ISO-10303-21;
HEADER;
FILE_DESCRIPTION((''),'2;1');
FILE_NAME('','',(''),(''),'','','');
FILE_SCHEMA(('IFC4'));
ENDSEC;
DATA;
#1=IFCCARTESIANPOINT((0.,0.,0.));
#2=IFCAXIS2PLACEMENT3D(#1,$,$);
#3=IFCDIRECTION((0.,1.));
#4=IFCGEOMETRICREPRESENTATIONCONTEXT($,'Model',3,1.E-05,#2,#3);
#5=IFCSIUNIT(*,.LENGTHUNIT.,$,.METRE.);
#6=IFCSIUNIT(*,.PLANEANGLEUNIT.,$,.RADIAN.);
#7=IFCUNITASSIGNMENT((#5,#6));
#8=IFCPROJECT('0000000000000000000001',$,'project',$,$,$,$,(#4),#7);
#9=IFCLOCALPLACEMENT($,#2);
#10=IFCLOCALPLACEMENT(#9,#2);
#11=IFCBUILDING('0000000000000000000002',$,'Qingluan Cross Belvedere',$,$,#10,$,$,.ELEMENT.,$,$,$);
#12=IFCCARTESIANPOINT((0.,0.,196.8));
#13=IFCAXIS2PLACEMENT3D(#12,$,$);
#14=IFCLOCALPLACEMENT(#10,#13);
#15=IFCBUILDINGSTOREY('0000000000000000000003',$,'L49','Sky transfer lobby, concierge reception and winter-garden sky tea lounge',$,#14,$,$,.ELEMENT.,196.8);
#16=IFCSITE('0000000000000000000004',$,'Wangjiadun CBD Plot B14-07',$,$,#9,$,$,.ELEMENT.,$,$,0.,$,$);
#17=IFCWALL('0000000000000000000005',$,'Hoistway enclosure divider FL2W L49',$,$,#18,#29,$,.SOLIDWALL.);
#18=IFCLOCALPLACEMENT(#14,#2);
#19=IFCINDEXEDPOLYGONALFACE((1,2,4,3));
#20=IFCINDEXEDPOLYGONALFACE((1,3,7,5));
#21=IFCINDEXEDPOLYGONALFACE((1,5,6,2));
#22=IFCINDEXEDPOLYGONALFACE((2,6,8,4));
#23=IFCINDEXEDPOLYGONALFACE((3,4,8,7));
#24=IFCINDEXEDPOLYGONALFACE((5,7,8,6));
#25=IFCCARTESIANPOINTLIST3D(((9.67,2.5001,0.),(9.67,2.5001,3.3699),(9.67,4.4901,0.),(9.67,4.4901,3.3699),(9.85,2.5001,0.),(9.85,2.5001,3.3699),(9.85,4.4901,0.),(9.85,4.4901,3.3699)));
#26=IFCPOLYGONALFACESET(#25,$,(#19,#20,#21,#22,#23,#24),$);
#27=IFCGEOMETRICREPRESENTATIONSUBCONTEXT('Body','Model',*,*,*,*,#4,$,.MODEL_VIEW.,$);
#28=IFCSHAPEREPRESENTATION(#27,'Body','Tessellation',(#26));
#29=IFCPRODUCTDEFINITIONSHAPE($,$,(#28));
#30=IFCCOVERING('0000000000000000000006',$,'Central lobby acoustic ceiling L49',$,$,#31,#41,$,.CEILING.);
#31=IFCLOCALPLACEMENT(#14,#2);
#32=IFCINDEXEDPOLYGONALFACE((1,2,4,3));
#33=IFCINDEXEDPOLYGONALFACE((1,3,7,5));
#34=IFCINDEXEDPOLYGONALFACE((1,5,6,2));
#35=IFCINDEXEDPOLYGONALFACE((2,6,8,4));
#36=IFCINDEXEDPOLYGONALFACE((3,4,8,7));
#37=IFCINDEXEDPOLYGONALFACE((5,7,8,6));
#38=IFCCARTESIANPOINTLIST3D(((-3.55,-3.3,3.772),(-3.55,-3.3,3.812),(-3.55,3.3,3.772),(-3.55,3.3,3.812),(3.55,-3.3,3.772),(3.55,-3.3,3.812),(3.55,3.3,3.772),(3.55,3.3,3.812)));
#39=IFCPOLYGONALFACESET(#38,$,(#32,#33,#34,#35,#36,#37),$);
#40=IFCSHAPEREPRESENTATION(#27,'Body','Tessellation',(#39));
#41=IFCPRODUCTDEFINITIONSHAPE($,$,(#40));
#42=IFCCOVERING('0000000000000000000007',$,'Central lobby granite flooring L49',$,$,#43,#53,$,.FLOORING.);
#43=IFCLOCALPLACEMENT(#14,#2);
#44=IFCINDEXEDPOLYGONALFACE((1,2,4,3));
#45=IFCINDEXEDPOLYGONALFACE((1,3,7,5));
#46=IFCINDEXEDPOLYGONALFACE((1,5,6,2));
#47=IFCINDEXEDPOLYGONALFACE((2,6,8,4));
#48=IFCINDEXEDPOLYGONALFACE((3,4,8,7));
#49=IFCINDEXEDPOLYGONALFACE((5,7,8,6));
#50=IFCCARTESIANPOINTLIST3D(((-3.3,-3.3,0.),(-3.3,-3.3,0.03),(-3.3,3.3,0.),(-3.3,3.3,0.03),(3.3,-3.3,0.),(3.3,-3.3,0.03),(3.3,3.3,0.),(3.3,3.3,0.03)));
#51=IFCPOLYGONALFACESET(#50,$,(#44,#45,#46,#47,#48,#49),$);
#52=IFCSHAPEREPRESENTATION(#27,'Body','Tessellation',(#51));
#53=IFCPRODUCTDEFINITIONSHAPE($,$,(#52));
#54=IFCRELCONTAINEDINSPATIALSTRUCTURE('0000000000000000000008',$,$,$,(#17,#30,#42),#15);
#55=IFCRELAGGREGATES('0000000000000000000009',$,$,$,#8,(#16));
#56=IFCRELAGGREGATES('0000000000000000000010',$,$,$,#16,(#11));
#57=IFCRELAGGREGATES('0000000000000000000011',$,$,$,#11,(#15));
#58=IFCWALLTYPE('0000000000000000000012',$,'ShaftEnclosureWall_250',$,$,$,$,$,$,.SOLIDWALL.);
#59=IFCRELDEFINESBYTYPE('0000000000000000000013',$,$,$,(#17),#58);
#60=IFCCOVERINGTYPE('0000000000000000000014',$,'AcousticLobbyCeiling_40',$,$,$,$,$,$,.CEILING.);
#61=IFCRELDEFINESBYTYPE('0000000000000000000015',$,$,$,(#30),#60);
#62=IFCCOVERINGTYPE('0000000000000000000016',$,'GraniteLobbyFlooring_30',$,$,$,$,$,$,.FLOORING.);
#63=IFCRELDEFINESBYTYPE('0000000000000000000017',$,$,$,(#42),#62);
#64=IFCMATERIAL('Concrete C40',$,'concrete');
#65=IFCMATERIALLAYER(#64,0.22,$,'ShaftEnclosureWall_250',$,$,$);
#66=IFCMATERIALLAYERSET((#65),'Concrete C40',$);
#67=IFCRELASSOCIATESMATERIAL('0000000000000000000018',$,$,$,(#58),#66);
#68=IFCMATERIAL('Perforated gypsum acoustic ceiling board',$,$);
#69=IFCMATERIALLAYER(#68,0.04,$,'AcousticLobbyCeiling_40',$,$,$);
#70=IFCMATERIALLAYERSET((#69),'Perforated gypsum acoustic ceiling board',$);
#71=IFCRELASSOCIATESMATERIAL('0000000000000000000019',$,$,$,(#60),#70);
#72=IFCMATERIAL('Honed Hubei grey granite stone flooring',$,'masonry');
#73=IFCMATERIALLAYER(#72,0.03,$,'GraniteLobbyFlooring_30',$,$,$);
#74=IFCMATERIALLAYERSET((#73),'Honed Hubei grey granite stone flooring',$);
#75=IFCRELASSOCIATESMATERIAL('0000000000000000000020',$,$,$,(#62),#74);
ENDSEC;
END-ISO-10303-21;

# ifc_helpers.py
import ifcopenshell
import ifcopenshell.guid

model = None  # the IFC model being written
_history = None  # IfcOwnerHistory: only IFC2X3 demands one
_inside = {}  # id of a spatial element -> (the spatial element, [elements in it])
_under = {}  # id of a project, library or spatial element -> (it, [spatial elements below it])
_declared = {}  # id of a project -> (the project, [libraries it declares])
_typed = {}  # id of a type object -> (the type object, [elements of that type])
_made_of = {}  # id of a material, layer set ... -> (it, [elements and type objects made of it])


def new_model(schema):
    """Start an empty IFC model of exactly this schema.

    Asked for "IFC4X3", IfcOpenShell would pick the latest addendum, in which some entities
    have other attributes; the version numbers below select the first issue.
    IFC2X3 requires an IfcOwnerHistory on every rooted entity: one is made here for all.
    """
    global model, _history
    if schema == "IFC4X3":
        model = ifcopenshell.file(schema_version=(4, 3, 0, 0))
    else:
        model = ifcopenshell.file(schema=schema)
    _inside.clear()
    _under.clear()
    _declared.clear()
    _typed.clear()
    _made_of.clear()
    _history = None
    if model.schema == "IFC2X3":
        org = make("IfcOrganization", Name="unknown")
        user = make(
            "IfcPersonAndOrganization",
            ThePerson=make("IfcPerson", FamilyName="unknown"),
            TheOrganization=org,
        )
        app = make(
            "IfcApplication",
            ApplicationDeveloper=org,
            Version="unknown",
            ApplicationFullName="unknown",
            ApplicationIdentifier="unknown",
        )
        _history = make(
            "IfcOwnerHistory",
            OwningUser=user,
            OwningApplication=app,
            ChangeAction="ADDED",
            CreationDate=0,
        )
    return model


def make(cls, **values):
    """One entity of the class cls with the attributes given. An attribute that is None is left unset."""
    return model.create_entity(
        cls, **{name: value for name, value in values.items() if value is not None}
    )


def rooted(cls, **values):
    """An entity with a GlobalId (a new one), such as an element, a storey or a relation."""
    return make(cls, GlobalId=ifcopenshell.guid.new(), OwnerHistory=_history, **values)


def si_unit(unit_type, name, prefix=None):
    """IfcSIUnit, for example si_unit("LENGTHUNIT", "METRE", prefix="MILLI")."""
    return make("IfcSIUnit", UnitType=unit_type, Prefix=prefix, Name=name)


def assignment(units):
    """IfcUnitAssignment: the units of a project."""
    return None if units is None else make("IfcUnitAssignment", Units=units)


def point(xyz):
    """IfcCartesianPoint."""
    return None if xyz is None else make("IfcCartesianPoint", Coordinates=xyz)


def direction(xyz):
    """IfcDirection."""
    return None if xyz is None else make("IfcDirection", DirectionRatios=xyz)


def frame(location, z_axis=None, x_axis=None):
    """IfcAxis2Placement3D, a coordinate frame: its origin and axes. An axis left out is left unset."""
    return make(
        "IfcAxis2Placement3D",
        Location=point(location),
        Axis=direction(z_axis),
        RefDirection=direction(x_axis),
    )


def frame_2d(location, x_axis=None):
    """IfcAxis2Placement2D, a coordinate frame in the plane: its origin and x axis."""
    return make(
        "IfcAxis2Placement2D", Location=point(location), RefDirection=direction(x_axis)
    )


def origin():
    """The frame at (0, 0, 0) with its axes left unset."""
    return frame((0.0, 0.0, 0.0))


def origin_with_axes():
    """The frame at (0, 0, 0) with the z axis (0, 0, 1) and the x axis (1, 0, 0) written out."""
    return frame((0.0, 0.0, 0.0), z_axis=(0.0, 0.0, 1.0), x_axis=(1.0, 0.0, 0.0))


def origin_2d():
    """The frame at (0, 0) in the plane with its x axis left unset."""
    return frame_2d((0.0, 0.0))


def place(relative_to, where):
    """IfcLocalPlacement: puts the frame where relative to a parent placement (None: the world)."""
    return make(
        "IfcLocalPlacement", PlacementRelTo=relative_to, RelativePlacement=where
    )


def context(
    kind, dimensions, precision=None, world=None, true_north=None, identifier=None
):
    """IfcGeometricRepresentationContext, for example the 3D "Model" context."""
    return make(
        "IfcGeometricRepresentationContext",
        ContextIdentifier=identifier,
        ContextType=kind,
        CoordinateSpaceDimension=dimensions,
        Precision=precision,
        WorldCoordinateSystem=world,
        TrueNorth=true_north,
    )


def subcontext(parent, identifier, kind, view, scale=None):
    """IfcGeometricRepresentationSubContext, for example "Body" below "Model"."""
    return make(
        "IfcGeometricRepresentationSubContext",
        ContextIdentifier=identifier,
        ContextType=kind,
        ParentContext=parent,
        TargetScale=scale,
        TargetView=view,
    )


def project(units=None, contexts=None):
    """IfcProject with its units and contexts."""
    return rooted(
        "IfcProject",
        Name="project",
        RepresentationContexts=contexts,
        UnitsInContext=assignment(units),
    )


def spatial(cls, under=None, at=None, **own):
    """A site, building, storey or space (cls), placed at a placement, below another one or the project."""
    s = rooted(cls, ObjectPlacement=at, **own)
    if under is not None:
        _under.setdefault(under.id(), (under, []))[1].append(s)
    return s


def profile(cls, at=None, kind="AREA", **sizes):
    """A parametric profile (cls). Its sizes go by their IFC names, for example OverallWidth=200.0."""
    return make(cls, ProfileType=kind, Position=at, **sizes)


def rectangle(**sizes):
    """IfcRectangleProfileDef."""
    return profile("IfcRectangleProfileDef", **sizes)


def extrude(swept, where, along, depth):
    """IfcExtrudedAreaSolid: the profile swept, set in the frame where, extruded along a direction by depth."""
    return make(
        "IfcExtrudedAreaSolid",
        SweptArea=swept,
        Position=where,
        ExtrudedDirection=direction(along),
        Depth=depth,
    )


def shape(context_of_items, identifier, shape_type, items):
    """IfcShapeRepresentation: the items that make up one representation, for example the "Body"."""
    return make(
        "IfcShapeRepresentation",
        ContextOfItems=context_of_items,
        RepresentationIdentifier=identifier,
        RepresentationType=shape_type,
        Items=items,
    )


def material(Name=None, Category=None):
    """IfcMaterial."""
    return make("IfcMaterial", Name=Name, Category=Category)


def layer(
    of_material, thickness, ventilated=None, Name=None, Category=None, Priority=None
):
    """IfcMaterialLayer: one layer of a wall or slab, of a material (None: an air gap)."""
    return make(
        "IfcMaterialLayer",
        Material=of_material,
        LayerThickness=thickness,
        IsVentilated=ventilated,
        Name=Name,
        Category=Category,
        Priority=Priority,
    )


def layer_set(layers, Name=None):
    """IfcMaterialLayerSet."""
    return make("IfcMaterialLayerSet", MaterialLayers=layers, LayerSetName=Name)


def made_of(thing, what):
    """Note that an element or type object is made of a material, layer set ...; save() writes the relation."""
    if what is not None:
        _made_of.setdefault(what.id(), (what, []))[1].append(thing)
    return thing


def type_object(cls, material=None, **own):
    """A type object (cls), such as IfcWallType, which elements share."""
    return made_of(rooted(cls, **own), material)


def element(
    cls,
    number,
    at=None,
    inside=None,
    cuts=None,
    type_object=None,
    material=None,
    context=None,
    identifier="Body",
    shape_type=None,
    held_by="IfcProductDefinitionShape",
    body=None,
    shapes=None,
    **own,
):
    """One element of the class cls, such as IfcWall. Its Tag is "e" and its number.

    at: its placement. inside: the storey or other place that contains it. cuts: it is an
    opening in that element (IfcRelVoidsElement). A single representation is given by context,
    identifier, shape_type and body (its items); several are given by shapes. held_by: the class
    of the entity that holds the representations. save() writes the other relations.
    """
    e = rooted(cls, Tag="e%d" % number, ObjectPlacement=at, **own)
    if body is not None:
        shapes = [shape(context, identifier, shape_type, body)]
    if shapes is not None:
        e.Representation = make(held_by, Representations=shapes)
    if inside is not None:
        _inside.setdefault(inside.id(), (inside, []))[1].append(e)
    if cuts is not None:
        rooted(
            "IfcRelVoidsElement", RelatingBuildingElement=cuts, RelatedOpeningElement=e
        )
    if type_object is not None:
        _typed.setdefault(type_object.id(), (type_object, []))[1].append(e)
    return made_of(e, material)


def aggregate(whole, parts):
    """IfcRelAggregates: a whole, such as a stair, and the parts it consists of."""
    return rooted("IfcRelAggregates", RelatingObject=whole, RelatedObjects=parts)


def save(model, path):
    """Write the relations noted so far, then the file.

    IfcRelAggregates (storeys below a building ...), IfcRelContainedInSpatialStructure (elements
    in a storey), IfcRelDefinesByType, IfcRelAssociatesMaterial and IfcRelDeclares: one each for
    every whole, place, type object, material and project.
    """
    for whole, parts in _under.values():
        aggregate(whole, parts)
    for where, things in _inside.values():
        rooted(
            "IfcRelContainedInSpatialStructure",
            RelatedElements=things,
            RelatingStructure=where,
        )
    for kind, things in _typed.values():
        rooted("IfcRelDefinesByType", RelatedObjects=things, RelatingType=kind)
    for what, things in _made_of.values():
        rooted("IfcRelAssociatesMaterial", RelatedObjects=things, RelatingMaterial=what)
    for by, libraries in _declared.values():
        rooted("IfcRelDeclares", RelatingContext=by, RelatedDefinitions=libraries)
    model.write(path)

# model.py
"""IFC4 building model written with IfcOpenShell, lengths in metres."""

from ifc_helpers import new_model, si_unit, direction, frame, frame_2d, origin, origin_with_axes, origin_2d, place, context, subcontext, project, spatial, rectangle, extrude, material, layer, layer_set, type_object, element, save


model = new_model("IFC4")

# Units and contexts
model_context = context("Model", 3, precision=1e-05, world=origin(), true_north=direction((0.0, 1.0)))
body_context = subcontext(model_context, "Body", "Model", "MODEL_VIEW")
ifc_project = project(units=[si_unit("LENGTHUNIT", "METRE"), si_unit("PLANEANGLEUNIT", "RADIAN")], contexts=[model_context])

# Site, building, storey
site_placement = place(None, origin())
site = spatial("IfcSite", under=ifc_project, at=site_placement, Name="Wangjiadun CBD Plot B14-07", CompositionType="ELEMENT", RefElevation=0.0)
building_placement = place(site_placement, origin())
building = spatial("IfcBuilding", under=site, at=building_placement, Name="Qingluan Cross Belvedere", CompositionType="ELEMENT")
storey_placement = place(building_placement, frame((0.0, 0.0, 196.8)))
storey = spatial("IfcBuildingStorey", under=building, at=storey_placement, Name="L49", Description="Sky transfer lobby, concierge reception and winter-garden sky tea lounge", CompositionType="ELEMENT", Elevation=196.8)

# Shared definitions
ifc_material_1 = material(Name="Concrete C40", Category="concrete")
ifc_layer_1 = layer(ifc_material_1, 0.22, Name="ShaftEnclosureWall_250")
ifc_layer_set_1 = layer_set([ifc_layer_1], Name="Concrete C40")
wall_type_1 = type_object("IfcWallType", Name="ShaftEnclosureWall_250", PredefinedType="SOLIDWALL", material=ifc_layer_set_1)

# Wall
wall_1_placement = place(storey_placement, frame((9.76, 2.5, 0.0), z_axis=(0.0, 0.0, 1.0), x_axis=(0.0, 1.0, 0.0)))
element("IfcWall", 1, at=wall_1_placement, inside=storey, type_object=wall_type_1, Name="Hoistway enclosure divider FL2W L49", PredefinedType="SOLIDWALL", context=body_context, shape_type="SweptSolid", body=[
    extrude(rectangle(XDim=1.99, YDim=0.1799, at=frame_2d((0.9951, 0.0))), origin(), (0.0, 0.0, 1.0), 3.3699),
])

# Coverings
ifc_material_2 = material(Name="Perforated gypsum acoustic ceiling board")
ifc_layer_2 = layer(ifc_material_2, 0.04, Name="AcousticLobbyCeiling_40")
ifc_layer_set_2 = layer_set([ifc_layer_2], Name="Perforated gypsum acoustic ceiling board")
covering_type_1 = type_object("IfcCoveringType", Name="AcousticLobbyCeiling_40", PredefinedType="CEILING", material=ifc_layer_set_2)
covering_1_placement = place(storey_placement, frame((0.0, 0.0, 3.772), z_axis=(0.0, 0.0, 1.0), x_axis=(1.0, 0.0, 0.0)))
element("IfcCovering", 2, at=covering_1_placement, inside=storey, type_object=covering_type_1, Name="Central lobby acoustic ceiling L49", PredefinedType="CEILING", context=body_context, shape_type="SweptSolid", body=[
    extrude(rectangle(XDim=7.1001, YDim=6.6001, at=origin_2d()), origin(), (0.0, 0.0, 1.0), 0.04),
])
ifc_material_3 = material(Name="Honed Hubei grey granite stone flooring", Category="masonry")
ifc_layer_3 = layer(ifc_material_3, 0.03, Name="GraniteLobbyFlooring_30")
ifc_layer_set_3 = layer_set([ifc_layer_3], Name="Honed Hubei grey granite stone flooring")
covering_type_2 = type_object("IfcCoveringType", Name="GraniteLobbyFlooring_30", PredefinedType="FLOORING", material=ifc_layer_set_3)
covering_2_placement = place(storey_placement, origin_with_axes())
element("IfcCovering", 3, at=covering_2_placement, inside=storey, type_object=covering_type_2, Name="Central lobby granite flooring L49", PredefinedType="FLOORING", context=body_context, shape_type="SweptSolid", body=[
    extrude(rectangle(XDim=6.6001, YDim=6.6001, at=origin_2d()), origin(), (0.0, 0.0, 1.0), 0.03),
])

save(model, "model.ifc")
